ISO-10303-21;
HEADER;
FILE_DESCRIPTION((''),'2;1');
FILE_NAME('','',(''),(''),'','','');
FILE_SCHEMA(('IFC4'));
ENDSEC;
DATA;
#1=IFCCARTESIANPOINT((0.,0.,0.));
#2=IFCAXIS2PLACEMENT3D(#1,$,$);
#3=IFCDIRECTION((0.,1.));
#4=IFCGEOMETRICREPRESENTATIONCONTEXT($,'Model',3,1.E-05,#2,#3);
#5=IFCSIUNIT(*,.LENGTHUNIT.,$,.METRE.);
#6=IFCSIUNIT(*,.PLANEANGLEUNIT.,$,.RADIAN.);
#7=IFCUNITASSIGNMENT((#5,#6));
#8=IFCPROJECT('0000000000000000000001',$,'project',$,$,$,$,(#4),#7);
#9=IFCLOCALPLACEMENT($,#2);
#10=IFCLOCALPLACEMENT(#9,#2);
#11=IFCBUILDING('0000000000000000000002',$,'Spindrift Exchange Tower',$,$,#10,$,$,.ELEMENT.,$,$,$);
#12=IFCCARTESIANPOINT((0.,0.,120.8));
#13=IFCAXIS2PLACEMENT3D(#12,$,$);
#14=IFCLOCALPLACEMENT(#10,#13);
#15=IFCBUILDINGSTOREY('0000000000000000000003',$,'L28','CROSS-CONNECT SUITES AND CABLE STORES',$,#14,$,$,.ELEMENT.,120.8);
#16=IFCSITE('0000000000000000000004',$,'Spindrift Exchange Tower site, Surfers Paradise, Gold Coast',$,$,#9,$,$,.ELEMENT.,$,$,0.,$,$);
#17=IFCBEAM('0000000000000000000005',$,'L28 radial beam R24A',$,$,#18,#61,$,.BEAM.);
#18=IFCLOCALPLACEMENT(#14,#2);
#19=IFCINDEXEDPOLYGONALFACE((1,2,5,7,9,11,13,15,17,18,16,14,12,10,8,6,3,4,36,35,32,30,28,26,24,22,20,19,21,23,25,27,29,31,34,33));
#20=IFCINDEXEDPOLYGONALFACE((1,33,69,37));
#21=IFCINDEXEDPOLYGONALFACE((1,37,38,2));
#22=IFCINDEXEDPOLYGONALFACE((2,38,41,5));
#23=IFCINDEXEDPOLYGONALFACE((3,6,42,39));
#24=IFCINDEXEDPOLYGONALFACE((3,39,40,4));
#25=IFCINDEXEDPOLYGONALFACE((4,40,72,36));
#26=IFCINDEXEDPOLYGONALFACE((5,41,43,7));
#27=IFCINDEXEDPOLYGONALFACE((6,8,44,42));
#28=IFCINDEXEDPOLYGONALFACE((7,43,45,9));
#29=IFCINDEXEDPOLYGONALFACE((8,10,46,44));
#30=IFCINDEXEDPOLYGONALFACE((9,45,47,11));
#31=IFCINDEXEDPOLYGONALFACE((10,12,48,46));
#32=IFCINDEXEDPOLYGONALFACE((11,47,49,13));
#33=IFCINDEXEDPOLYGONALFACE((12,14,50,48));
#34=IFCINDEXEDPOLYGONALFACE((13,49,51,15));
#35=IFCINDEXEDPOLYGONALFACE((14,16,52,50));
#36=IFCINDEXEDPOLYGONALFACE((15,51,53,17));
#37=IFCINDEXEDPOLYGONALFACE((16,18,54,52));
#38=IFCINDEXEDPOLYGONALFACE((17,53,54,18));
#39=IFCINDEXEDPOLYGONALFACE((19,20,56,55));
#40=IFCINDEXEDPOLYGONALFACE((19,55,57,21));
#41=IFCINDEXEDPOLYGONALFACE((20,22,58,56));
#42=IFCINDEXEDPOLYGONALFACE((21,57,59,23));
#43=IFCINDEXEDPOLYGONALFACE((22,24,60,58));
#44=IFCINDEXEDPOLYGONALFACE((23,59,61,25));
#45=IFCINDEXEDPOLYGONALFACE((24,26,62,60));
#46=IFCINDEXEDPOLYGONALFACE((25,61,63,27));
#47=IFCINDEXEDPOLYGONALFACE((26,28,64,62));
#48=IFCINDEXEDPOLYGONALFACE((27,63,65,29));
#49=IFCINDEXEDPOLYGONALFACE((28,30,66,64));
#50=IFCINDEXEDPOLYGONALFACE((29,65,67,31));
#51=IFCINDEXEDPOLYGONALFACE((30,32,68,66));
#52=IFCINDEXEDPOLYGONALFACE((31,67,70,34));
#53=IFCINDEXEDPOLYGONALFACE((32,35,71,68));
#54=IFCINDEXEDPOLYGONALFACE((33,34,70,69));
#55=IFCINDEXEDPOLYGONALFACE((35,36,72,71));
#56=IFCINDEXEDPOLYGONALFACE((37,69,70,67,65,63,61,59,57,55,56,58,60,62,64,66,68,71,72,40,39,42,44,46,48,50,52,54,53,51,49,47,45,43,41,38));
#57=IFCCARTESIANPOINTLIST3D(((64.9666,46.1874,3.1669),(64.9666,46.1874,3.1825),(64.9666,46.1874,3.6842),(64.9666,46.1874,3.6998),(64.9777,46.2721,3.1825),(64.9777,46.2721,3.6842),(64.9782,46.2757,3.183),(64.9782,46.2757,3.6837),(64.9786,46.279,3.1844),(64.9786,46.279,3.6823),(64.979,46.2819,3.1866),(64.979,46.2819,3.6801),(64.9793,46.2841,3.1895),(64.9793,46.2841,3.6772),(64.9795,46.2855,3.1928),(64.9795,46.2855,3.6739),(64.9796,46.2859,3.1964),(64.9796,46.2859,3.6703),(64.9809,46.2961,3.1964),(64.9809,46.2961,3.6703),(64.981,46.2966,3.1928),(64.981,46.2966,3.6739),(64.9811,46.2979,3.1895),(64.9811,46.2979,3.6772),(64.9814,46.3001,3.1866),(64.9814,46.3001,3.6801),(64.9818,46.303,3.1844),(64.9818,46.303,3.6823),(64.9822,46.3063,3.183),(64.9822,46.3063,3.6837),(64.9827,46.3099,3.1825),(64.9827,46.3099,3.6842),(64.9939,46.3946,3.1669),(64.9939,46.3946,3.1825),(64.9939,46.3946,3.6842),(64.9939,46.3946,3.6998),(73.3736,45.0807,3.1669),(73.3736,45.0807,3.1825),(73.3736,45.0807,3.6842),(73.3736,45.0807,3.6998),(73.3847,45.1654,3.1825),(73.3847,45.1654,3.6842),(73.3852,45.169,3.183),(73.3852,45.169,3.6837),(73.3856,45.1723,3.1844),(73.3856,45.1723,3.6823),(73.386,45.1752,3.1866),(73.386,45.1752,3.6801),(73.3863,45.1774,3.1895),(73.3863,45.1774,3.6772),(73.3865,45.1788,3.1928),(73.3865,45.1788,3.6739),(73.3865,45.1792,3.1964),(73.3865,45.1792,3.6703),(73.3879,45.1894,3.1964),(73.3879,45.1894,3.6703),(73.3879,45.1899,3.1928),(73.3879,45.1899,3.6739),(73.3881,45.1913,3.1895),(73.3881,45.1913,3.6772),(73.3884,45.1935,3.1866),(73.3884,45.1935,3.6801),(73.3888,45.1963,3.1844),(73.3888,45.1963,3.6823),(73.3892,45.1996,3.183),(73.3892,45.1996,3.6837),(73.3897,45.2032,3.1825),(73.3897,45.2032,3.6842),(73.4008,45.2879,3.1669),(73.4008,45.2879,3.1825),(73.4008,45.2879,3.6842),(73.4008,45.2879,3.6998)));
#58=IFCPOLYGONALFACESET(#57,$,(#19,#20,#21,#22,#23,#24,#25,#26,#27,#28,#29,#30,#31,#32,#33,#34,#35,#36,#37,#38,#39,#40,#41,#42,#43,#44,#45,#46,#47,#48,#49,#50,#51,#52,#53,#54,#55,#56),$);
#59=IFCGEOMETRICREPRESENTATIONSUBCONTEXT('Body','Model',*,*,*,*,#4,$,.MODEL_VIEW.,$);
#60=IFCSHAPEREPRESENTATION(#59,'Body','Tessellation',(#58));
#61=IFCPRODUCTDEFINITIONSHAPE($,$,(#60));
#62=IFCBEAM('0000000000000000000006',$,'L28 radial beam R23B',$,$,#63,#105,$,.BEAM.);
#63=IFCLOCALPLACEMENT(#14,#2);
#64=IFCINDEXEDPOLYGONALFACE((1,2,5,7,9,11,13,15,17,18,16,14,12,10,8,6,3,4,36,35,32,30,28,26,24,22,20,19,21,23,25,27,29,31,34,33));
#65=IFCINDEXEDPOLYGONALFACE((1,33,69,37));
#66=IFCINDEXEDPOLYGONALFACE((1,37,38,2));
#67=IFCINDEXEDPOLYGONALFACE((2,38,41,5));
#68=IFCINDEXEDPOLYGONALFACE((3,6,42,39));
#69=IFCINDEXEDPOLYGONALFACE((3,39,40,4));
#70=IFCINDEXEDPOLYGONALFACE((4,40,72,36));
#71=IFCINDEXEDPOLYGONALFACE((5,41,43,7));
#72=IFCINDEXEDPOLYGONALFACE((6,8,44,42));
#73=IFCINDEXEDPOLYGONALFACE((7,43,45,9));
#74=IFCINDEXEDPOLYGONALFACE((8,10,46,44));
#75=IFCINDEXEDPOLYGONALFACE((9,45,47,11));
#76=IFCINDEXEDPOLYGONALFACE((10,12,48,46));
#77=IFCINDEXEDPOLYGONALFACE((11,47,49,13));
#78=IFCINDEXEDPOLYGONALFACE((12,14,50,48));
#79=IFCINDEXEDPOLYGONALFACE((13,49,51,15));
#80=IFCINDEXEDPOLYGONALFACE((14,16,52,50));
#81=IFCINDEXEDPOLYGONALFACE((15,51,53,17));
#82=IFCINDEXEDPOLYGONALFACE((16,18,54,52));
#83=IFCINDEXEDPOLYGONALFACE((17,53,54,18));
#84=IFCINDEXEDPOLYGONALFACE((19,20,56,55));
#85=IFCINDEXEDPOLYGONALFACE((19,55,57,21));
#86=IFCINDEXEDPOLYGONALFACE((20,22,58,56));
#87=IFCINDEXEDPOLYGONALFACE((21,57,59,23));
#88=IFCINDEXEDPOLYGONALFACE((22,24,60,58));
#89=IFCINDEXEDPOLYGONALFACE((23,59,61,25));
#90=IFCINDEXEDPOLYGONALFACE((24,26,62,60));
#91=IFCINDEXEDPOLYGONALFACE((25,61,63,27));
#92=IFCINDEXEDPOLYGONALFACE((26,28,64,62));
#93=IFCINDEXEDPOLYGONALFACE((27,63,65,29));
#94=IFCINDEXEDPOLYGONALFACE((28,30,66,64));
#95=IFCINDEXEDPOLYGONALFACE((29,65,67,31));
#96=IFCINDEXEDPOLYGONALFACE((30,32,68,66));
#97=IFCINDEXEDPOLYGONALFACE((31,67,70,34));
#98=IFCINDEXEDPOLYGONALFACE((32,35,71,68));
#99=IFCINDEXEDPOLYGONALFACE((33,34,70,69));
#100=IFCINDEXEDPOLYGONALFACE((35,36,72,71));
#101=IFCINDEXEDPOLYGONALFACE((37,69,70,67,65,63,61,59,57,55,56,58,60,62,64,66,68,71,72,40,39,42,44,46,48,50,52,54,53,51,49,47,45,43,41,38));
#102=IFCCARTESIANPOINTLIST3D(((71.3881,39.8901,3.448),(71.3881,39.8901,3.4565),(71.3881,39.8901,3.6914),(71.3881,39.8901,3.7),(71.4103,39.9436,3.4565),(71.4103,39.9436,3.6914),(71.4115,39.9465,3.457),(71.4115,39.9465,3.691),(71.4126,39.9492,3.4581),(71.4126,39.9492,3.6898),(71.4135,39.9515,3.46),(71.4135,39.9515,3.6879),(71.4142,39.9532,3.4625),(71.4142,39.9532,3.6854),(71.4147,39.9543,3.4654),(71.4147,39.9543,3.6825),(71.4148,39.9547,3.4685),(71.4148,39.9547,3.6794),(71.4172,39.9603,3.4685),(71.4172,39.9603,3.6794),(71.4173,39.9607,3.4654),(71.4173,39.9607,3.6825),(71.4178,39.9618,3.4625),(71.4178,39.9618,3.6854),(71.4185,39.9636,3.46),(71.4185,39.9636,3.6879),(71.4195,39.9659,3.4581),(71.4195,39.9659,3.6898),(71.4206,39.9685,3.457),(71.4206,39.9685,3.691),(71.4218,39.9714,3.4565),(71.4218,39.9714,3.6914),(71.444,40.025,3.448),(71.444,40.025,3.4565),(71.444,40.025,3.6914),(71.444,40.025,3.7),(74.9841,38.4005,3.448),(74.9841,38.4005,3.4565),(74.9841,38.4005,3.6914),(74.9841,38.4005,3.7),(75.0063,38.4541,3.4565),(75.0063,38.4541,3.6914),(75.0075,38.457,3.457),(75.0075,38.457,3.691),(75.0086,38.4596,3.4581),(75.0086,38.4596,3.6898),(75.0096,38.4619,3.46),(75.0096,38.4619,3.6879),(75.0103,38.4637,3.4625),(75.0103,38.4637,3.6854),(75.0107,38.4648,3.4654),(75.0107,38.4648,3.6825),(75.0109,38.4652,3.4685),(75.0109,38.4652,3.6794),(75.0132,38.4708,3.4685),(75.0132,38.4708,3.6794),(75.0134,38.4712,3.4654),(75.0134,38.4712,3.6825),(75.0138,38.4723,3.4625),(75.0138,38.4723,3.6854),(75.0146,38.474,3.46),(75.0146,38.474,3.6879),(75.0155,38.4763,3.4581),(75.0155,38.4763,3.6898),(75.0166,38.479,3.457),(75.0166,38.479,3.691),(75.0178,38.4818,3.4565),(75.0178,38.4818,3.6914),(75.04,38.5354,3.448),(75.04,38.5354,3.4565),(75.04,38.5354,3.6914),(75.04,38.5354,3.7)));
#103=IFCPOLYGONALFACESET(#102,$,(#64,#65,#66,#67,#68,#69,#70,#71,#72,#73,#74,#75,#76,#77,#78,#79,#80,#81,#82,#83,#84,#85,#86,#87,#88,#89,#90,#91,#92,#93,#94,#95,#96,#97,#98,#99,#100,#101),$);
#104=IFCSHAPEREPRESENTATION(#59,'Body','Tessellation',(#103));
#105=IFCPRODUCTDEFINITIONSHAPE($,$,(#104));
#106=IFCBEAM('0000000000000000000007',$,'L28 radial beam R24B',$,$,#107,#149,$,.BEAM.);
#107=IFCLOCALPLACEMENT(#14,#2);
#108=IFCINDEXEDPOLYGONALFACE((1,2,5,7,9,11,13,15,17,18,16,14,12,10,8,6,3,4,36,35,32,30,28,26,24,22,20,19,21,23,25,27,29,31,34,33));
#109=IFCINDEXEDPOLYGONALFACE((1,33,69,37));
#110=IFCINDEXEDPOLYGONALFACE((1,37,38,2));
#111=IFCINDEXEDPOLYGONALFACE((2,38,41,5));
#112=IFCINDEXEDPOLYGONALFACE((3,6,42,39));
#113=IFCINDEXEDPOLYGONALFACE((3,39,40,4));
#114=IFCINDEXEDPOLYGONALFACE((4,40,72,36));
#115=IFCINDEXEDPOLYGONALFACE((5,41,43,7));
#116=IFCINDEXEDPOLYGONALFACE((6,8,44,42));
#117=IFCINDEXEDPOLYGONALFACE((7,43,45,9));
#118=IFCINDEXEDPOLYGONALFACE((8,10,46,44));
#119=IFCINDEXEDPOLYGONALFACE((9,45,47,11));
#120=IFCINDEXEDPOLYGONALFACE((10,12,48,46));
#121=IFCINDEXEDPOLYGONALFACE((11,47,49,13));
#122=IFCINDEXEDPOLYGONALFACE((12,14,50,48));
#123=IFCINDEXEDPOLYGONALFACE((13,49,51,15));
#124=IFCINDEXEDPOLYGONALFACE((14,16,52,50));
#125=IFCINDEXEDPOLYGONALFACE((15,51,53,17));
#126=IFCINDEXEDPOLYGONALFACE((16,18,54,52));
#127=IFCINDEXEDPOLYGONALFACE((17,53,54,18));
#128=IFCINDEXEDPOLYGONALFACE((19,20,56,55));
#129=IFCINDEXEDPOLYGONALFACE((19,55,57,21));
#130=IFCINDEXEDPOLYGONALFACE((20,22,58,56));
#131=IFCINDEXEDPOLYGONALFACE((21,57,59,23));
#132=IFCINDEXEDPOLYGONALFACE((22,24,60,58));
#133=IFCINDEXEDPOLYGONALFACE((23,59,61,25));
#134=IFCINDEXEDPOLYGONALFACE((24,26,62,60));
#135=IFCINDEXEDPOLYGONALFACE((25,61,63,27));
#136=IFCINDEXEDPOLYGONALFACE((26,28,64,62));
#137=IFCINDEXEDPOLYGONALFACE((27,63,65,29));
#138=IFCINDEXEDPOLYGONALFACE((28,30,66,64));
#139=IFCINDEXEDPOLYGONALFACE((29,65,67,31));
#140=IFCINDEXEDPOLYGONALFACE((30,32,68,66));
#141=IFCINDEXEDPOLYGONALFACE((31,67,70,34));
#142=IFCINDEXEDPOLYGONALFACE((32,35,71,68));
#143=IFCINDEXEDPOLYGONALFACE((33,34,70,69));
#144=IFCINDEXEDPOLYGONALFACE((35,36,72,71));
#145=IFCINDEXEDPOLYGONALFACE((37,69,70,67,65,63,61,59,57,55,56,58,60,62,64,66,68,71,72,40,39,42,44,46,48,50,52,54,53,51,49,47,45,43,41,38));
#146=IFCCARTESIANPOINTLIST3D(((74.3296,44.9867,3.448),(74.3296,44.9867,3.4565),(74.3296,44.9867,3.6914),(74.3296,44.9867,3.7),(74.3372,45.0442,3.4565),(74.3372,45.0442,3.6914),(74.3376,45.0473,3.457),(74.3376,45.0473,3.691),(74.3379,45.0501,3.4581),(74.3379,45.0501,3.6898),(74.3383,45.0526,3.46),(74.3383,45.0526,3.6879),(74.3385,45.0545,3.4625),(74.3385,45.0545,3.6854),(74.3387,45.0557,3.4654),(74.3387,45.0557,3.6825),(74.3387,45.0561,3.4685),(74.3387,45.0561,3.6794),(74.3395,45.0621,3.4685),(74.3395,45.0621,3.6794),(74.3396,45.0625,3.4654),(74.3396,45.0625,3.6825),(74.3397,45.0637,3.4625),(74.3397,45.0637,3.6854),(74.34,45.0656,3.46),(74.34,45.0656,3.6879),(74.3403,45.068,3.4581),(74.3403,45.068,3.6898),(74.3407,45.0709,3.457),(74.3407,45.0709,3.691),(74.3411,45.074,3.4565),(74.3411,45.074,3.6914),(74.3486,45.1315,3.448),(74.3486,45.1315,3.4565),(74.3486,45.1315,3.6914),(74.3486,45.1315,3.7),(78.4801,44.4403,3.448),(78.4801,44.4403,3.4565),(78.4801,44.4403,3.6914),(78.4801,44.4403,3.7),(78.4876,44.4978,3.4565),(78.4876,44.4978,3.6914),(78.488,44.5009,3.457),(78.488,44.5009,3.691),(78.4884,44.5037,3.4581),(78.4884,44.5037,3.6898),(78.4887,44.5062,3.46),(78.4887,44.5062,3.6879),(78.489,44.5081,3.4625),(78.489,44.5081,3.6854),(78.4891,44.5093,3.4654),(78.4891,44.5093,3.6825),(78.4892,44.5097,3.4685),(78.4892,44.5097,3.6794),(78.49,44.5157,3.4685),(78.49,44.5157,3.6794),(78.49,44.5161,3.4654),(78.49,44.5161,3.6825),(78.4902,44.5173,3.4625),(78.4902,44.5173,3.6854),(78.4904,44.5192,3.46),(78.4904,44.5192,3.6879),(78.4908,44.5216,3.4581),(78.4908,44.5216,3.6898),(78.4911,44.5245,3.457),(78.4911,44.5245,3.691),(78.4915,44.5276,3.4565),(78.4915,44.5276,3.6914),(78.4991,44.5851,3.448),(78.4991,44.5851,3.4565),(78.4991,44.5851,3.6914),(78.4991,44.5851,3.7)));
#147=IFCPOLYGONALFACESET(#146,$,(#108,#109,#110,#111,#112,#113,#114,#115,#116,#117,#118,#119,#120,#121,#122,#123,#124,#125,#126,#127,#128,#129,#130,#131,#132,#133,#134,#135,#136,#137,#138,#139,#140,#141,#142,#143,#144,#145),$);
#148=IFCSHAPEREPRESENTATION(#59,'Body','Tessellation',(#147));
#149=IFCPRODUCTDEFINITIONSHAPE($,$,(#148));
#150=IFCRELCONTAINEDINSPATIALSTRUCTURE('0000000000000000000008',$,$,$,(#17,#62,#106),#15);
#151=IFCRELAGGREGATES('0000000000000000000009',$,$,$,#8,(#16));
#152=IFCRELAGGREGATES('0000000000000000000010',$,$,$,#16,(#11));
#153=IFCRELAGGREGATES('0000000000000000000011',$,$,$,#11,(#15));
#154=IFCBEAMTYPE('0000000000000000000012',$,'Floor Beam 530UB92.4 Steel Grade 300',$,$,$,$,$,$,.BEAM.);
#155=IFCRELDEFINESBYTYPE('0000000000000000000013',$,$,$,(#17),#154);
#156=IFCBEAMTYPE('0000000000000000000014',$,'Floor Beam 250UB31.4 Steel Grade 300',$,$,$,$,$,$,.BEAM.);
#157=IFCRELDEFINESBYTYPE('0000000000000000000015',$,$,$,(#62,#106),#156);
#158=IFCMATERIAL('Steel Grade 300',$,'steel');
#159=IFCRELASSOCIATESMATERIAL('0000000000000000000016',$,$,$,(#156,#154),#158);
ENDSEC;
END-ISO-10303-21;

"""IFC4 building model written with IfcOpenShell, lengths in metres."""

from ifc_helpers import new_model, si_unit, direction, frame, origin, origin_2d, place, context, subcontext, project, spatial, i_section, extrude, source, transform, mapped, material, material_profile, profile_set, type_object, element, save


model = new_model("IFC4")

# Units and contexts
model_context = context("Model", 3, precision=1e-05, world=origin(), true_north=direction((0.0, 1.0)))
body_context = subcontext(model_context, "Body", "Model", "MODEL_VIEW")
ifc_project = project(units=[si_unit("LENGTHUNIT", "METRE"), si_unit("PLANEANGLEUNIT", "RADIAN")], contexts=[model_context])

# Site, building, storey
site_placement = place(None, origin())
site = spatial("IfcSite", under=ifc_project, at=site_placement, Name="Spindrift Exchange Tower site, Surfers Paradise, Gold Coast", CompositionType="ELEMENT", RefElevation=0.0)
building_placement = place(site_placement, origin())
building = spatial("IfcBuilding", under=site, at=building_placement, Name="Spindrift Exchange Tower", CompositionType="ELEMENT")
storey_placement = place(building_placement, frame((0.0, 0.0, 120.8)))
storey = spatial("IfcBuildingStorey", under=building, at=storey_placement, Name="L28", Description="CROSS-CONNECT SUITES AND CABLE STORES", CompositionType="ELEMENT", Elevation=120.8)

# Beams
ifc_material_1 = material(Name="Steel Grade 300", Category="steel")
ifc_material_profile_1 = material_profile(ifc_material_1, i_section(OverallWidth=0.146, OverallDepth=0.252, WebThickness=0.0061, FlangeThickness=0.0085, FilletRadius=0.012, at=origin_2d()), Name="250UB31.4")
ifc_profile_set_1 = profile_set([ifc_material_profile_1], Name="Steel Grade 300")
beam_type_1 = type_object("IfcBeamType", Name="Floor Beam 250UB31.4 Steel Grade 300", PredefinedType="BEAM", material=ifc_profile_set_1)
ifc_material_profile_2 = material_profile(ifc_material_1, i_section(OverallWidth=0.209, OverallDepth=0.533, WebThickness=0.0103, FlangeThickness=0.0156, FilletRadius=0.0139, at=origin_2d()), Name="530UB92.4")
ifc_profile_set_2 = profile_set([ifc_material_profile_2], Name="Steel Grade 300")
beam_type_2 = type_object("IfcBeamType", Name="Floor Beam 530UB92.4 Steel Grade 300", PredefinedType="BEAM", material=ifc_profile_set_2)
shared_shape_1 = source(origin(), body_context, "Body", "SweptSolid", [
    extrude(i_section(OverallWidth=0.209, OverallDepth=0.533, WebThickness=0.0103, FlangeThickness=0.0156, FilletRadius=0.0139, at=origin_2d()), origin(), (0.0, 0.0, 1.0), 8.4795),
])
beam_1_placement = place(storey_placement, frame((64.9802, 46.291, 3.4333), z_axis=(0.991447, -0.130513, 0.0), x_axis=(0.130513, 0.991447, 0.0)))
element("IfcBeam", 1, at=beam_1_placement, inside=storey, type_object=beam_type_2, Name="L28 radial beam R24A", PredefinedType="BEAM", context=body_context, shape_type="MappedRepresentation", body=[
    mapped(shared_shape_1, transform((0.0, 0.0, 0.0), scale=1.0)),
])
shared_shape_2 = source(origin(), body_context, "Body", "SweptSolid", [
    extrude(i_section(OverallWidth=0.146, OverallDepth=0.252, WebThickness=0.0061, FlangeThickness=0.0085, FilletRadius=0.012, at=origin_2d()), origin(), (0.0, 0.0, 1.0), 3.8923),
])
beam_2_placement = place(storey_placement, frame((71.416, 39.9575, 3.574), z_axis=(0.923878, -0.382686, 0.0), x_axis=(0.382686, 0.923878, 0.0)))
element("IfcBeam", 2, at=beam_2_placement, inside=storey, type_object=beam_type_1, Name="L28 radial beam R23B", PredefinedType="BEAM", context=body_context, shape_type="MappedRepresentation", body=[
    mapped(shared_shape_2, transform((0.0, 0.0, 0.0), scale=1.0)),
])
shared_shape_3 = source(origin(), body_context, "Body", "SweptSolid", [
    extrude(i_section(OverallWidth=0.146, OverallDepth=0.252, WebThickness=0.0061, FlangeThickness=0.0085, FilletRadius=0.012, at=origin_2d()), origin(), (0.0, 0.0, 1.0), 4.1863),
])
beam_3_placement = place(storey_placement, frame((74.3391, 45.0591, 3.574), z_axis=(0.991446, -0.130521, 0.0), x_axis=(0.130521, 0.991446, 0.0)))
element("IfcBeam", 3, at=beam_3_placement, inside=storey, type_object=beam_type_1, Name="L28 radial beam R24B", PredefinedType="BEAM", context=body_context, shape_type="MappedRepresentation", body=[
    mapped(shared_shape_3, transform((0.0, 0.0, 0.0), scale=1.0)),
])

save(model, "model.ifc")
